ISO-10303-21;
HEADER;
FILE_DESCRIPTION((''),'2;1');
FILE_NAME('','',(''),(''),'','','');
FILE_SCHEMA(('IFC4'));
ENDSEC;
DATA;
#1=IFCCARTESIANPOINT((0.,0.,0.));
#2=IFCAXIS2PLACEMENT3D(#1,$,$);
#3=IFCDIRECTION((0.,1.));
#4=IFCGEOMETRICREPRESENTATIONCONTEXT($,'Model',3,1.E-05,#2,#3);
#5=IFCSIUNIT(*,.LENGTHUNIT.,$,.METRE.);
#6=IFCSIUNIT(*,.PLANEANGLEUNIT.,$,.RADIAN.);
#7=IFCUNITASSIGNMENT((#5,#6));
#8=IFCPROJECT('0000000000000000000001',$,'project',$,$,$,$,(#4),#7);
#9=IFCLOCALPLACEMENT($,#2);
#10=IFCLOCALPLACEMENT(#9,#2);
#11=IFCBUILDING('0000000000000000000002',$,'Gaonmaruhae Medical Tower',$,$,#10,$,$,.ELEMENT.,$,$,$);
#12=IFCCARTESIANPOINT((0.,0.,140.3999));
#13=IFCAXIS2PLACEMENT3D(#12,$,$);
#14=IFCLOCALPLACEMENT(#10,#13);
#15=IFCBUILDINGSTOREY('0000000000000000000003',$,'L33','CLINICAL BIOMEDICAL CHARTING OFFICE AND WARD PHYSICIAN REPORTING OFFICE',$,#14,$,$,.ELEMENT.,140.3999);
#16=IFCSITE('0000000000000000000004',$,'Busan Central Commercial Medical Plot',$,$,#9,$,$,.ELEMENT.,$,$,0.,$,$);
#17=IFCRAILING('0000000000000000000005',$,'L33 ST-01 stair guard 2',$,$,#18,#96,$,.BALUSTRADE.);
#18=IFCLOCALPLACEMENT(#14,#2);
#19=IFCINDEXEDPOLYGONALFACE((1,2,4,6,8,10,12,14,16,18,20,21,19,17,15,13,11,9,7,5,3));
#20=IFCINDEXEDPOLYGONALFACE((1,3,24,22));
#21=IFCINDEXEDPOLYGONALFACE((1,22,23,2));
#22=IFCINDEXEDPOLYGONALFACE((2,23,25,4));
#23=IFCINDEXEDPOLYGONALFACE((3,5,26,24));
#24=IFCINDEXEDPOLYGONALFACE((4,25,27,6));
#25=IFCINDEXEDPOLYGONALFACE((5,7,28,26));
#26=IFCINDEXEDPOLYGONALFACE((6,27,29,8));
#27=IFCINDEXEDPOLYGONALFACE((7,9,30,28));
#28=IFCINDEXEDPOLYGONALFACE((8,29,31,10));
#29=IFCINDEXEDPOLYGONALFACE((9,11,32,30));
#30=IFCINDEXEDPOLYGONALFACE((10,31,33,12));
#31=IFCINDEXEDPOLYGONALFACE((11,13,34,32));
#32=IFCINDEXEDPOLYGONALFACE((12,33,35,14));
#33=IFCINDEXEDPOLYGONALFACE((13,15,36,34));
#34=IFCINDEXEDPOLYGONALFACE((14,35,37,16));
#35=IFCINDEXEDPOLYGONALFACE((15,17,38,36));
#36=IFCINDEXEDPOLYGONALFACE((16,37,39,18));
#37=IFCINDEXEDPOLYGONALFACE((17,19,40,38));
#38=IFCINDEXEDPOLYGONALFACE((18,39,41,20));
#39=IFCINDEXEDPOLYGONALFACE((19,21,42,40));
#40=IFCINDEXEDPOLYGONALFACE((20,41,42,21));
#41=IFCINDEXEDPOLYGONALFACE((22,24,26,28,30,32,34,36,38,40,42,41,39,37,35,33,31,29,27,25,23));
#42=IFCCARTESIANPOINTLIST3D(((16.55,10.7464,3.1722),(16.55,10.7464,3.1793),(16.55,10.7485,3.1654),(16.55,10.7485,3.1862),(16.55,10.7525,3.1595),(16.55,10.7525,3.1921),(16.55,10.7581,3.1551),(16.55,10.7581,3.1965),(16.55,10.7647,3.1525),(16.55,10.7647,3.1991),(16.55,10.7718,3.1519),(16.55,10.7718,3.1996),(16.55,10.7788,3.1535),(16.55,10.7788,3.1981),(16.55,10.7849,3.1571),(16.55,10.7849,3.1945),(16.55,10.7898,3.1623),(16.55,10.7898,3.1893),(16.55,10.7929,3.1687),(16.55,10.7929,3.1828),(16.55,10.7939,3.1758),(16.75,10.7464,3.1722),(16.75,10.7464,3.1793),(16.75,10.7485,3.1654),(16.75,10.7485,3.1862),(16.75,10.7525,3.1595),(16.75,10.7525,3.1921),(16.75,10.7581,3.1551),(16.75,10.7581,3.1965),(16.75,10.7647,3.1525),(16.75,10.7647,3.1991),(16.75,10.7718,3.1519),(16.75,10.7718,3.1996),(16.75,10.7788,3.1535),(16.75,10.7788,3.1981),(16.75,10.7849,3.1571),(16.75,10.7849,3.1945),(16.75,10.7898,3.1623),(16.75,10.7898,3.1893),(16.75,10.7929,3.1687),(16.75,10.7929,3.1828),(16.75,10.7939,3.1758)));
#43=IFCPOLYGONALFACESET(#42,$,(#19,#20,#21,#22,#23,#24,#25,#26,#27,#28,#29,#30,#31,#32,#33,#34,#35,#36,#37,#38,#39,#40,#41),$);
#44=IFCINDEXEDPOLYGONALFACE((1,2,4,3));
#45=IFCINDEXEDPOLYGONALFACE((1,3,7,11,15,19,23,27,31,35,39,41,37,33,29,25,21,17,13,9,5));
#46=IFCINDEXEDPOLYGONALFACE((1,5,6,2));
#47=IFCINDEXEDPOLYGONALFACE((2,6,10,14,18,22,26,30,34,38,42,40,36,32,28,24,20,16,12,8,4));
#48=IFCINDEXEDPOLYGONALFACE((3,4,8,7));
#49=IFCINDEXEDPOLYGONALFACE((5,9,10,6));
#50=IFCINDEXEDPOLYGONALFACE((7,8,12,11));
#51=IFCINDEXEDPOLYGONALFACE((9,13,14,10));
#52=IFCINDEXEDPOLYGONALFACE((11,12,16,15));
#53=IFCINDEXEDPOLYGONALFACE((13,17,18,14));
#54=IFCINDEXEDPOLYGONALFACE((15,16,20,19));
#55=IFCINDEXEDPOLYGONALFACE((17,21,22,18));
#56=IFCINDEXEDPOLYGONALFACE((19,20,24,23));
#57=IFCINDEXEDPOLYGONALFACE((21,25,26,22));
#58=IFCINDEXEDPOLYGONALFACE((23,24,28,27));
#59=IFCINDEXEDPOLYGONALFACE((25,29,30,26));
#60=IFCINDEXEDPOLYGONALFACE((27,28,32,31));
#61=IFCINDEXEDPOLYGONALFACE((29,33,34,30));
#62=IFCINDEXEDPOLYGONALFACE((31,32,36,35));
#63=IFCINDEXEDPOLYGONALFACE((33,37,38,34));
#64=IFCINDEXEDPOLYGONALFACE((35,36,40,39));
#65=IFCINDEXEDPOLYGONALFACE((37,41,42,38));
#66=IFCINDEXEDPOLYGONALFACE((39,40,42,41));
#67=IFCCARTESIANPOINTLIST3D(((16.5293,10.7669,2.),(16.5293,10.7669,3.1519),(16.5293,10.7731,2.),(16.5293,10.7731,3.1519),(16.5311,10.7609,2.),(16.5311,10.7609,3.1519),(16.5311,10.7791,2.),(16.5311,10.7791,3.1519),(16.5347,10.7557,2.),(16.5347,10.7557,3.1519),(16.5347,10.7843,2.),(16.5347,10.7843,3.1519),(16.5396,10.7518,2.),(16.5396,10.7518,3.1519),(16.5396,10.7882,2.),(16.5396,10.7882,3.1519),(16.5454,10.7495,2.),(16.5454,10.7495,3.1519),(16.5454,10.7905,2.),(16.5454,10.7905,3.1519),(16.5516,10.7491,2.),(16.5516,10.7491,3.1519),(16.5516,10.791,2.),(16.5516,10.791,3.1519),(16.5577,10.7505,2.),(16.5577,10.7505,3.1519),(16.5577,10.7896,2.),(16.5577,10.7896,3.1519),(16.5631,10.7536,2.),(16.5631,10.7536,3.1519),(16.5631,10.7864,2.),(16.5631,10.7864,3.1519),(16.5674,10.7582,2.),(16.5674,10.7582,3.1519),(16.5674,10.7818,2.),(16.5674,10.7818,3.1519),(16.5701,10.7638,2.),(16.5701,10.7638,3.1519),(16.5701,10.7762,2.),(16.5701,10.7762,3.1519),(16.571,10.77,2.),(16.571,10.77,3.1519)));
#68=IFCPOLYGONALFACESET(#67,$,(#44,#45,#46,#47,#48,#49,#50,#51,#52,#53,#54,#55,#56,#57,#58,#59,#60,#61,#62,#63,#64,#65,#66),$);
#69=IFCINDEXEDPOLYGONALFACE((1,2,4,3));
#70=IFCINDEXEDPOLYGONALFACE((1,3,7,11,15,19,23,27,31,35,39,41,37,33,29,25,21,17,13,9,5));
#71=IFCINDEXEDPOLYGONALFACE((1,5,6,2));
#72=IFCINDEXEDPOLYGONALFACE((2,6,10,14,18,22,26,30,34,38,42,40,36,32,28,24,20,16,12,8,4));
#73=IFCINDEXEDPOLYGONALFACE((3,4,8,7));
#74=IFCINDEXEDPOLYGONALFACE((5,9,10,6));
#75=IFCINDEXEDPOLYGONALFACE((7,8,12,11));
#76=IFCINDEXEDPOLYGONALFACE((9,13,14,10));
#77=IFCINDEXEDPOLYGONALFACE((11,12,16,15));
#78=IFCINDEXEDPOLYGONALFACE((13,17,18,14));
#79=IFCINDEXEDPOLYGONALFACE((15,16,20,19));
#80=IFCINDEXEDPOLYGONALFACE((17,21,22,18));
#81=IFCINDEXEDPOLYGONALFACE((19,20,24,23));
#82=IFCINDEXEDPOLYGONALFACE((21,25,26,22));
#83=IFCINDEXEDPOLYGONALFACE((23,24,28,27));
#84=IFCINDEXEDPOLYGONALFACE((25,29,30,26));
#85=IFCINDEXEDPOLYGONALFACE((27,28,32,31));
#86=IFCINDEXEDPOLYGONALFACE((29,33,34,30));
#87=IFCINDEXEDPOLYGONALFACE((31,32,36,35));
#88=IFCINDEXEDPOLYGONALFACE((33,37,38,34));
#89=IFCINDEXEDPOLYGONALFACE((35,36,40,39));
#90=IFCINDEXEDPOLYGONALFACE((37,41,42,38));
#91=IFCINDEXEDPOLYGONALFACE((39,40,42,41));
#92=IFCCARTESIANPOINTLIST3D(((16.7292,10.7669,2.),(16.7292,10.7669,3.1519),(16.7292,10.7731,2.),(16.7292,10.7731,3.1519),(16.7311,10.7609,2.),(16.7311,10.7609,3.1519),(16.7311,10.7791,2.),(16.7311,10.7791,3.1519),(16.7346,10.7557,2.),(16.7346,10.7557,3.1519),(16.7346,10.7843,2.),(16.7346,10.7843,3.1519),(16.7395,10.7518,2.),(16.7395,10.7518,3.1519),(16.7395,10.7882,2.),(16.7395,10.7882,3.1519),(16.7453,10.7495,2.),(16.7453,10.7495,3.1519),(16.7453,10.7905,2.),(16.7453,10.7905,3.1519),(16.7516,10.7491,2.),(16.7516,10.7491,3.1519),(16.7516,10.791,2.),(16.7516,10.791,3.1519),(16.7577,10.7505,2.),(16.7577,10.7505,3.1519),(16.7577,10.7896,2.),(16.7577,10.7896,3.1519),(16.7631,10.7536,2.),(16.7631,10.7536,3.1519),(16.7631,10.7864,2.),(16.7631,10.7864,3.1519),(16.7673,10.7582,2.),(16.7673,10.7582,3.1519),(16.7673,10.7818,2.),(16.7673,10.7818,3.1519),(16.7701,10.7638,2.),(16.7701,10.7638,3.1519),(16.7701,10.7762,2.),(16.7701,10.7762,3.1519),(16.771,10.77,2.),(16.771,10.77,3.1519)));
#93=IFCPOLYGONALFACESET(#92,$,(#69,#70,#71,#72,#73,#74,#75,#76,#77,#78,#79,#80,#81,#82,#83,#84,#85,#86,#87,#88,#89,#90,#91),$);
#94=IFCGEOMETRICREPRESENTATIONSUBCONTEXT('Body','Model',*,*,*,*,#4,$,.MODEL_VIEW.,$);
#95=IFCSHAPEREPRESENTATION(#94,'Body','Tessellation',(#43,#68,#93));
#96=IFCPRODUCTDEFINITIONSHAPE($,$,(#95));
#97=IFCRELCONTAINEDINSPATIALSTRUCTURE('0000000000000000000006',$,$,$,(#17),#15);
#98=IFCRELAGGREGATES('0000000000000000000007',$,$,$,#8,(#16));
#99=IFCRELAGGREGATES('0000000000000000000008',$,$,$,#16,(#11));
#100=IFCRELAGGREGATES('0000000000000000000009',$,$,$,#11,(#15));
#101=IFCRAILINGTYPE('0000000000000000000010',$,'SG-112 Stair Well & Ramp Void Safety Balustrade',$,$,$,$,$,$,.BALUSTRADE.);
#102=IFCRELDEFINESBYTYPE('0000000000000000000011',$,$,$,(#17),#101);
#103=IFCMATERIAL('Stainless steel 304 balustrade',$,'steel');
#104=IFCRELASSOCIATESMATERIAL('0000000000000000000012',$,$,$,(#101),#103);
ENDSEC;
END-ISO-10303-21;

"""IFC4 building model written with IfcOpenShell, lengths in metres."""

from ifc_helpers import new_model, si_unit, direction, frame, origin, origin_2d, place, context, subcontext, project, spatial, circle, extrude, material, type_object, element, save


model = new_model("IFC4")

# Units and contexts
model_context = context("Model", 3, precision=1e-05, world=origin(), true_north=direction((0.0, 1.0)))
body_context = subcontext(model_context, "Body", "Model", "MODEL_VIEW")
ifc_project = project(units=[si_unit("LENGTHUNIT", "METRE"), si_unit("PLANEANGLEUNIT", "RADIAN")], contexts=[model_context])

# Site, building, storey
site_placement = place(None, origin())
site = spatial("IfcSite", under=ifc_project, at=site_placement, Name="Busan Central Commercial Medical Plot", CompositionType="ELEMENT", RefElevation=0.0)
building_placement = place(site_placement, origin())
building = spatial("IfcBuilding", under=site, at=building_placement, Name="Gaonmaruhae Medical Tower", CompositionType="ELEMENT")
storey_placement = place(building_placement, frame((0.0, 0.0, 140.3999)))
storey = spatial("IfcBuildingStorey", under=building, at=storey_placement, Name="L33", Description="CLINICAL BIOMEDICAL CHARTING OFFICE AND WARD PHYSICIAN REPORTING OFFICE", CompositionType="ELEMENT", Elevation=140.3999)

# Railing
ifc_material_1 = material(Name="Stainless steel 304 balustrade", Category="steel")
railing_type_1 = type_object("IfcRailingType", Name="SG-112 Stair Well & Ramp Void Safety Balustrade", PredefinedType="BALUSTRADE", material=ifc_material_1)
railing_1_placement = place(storey_placement, frame((16.55, 10.77, 2.0)))
element("IfcRailing", 1, at=railing_1_placement, inside=storey, type_object=railing_type_1, Name="L33 ST-01 stair guard 2", PredefinedType="BALUSTRADE", context=body_context, shape_type="SweptSolid", body=[
    extrude(circle(Radius=0.0239, at=origin_2d()), frame((0.0, 0.0, 1.1758), z_axis=(1.0, 0.0, 0.0), x_axis=(0.0, 1.0, 0.0)), (0.0, 0.0, 1.0), 0.2),
    extrude(circle(Radius=0.021, at=origin_2d()), origin(), (0.0, 0.0, 1.0), 1.1519),
    extrude(circle(Radius=0.021, at=origin_2d()), frame((0.2, 0.0, 0.0)), (0.0, 0.0, 1.0), 1.1519),
])

save(model, "model.ifc")
